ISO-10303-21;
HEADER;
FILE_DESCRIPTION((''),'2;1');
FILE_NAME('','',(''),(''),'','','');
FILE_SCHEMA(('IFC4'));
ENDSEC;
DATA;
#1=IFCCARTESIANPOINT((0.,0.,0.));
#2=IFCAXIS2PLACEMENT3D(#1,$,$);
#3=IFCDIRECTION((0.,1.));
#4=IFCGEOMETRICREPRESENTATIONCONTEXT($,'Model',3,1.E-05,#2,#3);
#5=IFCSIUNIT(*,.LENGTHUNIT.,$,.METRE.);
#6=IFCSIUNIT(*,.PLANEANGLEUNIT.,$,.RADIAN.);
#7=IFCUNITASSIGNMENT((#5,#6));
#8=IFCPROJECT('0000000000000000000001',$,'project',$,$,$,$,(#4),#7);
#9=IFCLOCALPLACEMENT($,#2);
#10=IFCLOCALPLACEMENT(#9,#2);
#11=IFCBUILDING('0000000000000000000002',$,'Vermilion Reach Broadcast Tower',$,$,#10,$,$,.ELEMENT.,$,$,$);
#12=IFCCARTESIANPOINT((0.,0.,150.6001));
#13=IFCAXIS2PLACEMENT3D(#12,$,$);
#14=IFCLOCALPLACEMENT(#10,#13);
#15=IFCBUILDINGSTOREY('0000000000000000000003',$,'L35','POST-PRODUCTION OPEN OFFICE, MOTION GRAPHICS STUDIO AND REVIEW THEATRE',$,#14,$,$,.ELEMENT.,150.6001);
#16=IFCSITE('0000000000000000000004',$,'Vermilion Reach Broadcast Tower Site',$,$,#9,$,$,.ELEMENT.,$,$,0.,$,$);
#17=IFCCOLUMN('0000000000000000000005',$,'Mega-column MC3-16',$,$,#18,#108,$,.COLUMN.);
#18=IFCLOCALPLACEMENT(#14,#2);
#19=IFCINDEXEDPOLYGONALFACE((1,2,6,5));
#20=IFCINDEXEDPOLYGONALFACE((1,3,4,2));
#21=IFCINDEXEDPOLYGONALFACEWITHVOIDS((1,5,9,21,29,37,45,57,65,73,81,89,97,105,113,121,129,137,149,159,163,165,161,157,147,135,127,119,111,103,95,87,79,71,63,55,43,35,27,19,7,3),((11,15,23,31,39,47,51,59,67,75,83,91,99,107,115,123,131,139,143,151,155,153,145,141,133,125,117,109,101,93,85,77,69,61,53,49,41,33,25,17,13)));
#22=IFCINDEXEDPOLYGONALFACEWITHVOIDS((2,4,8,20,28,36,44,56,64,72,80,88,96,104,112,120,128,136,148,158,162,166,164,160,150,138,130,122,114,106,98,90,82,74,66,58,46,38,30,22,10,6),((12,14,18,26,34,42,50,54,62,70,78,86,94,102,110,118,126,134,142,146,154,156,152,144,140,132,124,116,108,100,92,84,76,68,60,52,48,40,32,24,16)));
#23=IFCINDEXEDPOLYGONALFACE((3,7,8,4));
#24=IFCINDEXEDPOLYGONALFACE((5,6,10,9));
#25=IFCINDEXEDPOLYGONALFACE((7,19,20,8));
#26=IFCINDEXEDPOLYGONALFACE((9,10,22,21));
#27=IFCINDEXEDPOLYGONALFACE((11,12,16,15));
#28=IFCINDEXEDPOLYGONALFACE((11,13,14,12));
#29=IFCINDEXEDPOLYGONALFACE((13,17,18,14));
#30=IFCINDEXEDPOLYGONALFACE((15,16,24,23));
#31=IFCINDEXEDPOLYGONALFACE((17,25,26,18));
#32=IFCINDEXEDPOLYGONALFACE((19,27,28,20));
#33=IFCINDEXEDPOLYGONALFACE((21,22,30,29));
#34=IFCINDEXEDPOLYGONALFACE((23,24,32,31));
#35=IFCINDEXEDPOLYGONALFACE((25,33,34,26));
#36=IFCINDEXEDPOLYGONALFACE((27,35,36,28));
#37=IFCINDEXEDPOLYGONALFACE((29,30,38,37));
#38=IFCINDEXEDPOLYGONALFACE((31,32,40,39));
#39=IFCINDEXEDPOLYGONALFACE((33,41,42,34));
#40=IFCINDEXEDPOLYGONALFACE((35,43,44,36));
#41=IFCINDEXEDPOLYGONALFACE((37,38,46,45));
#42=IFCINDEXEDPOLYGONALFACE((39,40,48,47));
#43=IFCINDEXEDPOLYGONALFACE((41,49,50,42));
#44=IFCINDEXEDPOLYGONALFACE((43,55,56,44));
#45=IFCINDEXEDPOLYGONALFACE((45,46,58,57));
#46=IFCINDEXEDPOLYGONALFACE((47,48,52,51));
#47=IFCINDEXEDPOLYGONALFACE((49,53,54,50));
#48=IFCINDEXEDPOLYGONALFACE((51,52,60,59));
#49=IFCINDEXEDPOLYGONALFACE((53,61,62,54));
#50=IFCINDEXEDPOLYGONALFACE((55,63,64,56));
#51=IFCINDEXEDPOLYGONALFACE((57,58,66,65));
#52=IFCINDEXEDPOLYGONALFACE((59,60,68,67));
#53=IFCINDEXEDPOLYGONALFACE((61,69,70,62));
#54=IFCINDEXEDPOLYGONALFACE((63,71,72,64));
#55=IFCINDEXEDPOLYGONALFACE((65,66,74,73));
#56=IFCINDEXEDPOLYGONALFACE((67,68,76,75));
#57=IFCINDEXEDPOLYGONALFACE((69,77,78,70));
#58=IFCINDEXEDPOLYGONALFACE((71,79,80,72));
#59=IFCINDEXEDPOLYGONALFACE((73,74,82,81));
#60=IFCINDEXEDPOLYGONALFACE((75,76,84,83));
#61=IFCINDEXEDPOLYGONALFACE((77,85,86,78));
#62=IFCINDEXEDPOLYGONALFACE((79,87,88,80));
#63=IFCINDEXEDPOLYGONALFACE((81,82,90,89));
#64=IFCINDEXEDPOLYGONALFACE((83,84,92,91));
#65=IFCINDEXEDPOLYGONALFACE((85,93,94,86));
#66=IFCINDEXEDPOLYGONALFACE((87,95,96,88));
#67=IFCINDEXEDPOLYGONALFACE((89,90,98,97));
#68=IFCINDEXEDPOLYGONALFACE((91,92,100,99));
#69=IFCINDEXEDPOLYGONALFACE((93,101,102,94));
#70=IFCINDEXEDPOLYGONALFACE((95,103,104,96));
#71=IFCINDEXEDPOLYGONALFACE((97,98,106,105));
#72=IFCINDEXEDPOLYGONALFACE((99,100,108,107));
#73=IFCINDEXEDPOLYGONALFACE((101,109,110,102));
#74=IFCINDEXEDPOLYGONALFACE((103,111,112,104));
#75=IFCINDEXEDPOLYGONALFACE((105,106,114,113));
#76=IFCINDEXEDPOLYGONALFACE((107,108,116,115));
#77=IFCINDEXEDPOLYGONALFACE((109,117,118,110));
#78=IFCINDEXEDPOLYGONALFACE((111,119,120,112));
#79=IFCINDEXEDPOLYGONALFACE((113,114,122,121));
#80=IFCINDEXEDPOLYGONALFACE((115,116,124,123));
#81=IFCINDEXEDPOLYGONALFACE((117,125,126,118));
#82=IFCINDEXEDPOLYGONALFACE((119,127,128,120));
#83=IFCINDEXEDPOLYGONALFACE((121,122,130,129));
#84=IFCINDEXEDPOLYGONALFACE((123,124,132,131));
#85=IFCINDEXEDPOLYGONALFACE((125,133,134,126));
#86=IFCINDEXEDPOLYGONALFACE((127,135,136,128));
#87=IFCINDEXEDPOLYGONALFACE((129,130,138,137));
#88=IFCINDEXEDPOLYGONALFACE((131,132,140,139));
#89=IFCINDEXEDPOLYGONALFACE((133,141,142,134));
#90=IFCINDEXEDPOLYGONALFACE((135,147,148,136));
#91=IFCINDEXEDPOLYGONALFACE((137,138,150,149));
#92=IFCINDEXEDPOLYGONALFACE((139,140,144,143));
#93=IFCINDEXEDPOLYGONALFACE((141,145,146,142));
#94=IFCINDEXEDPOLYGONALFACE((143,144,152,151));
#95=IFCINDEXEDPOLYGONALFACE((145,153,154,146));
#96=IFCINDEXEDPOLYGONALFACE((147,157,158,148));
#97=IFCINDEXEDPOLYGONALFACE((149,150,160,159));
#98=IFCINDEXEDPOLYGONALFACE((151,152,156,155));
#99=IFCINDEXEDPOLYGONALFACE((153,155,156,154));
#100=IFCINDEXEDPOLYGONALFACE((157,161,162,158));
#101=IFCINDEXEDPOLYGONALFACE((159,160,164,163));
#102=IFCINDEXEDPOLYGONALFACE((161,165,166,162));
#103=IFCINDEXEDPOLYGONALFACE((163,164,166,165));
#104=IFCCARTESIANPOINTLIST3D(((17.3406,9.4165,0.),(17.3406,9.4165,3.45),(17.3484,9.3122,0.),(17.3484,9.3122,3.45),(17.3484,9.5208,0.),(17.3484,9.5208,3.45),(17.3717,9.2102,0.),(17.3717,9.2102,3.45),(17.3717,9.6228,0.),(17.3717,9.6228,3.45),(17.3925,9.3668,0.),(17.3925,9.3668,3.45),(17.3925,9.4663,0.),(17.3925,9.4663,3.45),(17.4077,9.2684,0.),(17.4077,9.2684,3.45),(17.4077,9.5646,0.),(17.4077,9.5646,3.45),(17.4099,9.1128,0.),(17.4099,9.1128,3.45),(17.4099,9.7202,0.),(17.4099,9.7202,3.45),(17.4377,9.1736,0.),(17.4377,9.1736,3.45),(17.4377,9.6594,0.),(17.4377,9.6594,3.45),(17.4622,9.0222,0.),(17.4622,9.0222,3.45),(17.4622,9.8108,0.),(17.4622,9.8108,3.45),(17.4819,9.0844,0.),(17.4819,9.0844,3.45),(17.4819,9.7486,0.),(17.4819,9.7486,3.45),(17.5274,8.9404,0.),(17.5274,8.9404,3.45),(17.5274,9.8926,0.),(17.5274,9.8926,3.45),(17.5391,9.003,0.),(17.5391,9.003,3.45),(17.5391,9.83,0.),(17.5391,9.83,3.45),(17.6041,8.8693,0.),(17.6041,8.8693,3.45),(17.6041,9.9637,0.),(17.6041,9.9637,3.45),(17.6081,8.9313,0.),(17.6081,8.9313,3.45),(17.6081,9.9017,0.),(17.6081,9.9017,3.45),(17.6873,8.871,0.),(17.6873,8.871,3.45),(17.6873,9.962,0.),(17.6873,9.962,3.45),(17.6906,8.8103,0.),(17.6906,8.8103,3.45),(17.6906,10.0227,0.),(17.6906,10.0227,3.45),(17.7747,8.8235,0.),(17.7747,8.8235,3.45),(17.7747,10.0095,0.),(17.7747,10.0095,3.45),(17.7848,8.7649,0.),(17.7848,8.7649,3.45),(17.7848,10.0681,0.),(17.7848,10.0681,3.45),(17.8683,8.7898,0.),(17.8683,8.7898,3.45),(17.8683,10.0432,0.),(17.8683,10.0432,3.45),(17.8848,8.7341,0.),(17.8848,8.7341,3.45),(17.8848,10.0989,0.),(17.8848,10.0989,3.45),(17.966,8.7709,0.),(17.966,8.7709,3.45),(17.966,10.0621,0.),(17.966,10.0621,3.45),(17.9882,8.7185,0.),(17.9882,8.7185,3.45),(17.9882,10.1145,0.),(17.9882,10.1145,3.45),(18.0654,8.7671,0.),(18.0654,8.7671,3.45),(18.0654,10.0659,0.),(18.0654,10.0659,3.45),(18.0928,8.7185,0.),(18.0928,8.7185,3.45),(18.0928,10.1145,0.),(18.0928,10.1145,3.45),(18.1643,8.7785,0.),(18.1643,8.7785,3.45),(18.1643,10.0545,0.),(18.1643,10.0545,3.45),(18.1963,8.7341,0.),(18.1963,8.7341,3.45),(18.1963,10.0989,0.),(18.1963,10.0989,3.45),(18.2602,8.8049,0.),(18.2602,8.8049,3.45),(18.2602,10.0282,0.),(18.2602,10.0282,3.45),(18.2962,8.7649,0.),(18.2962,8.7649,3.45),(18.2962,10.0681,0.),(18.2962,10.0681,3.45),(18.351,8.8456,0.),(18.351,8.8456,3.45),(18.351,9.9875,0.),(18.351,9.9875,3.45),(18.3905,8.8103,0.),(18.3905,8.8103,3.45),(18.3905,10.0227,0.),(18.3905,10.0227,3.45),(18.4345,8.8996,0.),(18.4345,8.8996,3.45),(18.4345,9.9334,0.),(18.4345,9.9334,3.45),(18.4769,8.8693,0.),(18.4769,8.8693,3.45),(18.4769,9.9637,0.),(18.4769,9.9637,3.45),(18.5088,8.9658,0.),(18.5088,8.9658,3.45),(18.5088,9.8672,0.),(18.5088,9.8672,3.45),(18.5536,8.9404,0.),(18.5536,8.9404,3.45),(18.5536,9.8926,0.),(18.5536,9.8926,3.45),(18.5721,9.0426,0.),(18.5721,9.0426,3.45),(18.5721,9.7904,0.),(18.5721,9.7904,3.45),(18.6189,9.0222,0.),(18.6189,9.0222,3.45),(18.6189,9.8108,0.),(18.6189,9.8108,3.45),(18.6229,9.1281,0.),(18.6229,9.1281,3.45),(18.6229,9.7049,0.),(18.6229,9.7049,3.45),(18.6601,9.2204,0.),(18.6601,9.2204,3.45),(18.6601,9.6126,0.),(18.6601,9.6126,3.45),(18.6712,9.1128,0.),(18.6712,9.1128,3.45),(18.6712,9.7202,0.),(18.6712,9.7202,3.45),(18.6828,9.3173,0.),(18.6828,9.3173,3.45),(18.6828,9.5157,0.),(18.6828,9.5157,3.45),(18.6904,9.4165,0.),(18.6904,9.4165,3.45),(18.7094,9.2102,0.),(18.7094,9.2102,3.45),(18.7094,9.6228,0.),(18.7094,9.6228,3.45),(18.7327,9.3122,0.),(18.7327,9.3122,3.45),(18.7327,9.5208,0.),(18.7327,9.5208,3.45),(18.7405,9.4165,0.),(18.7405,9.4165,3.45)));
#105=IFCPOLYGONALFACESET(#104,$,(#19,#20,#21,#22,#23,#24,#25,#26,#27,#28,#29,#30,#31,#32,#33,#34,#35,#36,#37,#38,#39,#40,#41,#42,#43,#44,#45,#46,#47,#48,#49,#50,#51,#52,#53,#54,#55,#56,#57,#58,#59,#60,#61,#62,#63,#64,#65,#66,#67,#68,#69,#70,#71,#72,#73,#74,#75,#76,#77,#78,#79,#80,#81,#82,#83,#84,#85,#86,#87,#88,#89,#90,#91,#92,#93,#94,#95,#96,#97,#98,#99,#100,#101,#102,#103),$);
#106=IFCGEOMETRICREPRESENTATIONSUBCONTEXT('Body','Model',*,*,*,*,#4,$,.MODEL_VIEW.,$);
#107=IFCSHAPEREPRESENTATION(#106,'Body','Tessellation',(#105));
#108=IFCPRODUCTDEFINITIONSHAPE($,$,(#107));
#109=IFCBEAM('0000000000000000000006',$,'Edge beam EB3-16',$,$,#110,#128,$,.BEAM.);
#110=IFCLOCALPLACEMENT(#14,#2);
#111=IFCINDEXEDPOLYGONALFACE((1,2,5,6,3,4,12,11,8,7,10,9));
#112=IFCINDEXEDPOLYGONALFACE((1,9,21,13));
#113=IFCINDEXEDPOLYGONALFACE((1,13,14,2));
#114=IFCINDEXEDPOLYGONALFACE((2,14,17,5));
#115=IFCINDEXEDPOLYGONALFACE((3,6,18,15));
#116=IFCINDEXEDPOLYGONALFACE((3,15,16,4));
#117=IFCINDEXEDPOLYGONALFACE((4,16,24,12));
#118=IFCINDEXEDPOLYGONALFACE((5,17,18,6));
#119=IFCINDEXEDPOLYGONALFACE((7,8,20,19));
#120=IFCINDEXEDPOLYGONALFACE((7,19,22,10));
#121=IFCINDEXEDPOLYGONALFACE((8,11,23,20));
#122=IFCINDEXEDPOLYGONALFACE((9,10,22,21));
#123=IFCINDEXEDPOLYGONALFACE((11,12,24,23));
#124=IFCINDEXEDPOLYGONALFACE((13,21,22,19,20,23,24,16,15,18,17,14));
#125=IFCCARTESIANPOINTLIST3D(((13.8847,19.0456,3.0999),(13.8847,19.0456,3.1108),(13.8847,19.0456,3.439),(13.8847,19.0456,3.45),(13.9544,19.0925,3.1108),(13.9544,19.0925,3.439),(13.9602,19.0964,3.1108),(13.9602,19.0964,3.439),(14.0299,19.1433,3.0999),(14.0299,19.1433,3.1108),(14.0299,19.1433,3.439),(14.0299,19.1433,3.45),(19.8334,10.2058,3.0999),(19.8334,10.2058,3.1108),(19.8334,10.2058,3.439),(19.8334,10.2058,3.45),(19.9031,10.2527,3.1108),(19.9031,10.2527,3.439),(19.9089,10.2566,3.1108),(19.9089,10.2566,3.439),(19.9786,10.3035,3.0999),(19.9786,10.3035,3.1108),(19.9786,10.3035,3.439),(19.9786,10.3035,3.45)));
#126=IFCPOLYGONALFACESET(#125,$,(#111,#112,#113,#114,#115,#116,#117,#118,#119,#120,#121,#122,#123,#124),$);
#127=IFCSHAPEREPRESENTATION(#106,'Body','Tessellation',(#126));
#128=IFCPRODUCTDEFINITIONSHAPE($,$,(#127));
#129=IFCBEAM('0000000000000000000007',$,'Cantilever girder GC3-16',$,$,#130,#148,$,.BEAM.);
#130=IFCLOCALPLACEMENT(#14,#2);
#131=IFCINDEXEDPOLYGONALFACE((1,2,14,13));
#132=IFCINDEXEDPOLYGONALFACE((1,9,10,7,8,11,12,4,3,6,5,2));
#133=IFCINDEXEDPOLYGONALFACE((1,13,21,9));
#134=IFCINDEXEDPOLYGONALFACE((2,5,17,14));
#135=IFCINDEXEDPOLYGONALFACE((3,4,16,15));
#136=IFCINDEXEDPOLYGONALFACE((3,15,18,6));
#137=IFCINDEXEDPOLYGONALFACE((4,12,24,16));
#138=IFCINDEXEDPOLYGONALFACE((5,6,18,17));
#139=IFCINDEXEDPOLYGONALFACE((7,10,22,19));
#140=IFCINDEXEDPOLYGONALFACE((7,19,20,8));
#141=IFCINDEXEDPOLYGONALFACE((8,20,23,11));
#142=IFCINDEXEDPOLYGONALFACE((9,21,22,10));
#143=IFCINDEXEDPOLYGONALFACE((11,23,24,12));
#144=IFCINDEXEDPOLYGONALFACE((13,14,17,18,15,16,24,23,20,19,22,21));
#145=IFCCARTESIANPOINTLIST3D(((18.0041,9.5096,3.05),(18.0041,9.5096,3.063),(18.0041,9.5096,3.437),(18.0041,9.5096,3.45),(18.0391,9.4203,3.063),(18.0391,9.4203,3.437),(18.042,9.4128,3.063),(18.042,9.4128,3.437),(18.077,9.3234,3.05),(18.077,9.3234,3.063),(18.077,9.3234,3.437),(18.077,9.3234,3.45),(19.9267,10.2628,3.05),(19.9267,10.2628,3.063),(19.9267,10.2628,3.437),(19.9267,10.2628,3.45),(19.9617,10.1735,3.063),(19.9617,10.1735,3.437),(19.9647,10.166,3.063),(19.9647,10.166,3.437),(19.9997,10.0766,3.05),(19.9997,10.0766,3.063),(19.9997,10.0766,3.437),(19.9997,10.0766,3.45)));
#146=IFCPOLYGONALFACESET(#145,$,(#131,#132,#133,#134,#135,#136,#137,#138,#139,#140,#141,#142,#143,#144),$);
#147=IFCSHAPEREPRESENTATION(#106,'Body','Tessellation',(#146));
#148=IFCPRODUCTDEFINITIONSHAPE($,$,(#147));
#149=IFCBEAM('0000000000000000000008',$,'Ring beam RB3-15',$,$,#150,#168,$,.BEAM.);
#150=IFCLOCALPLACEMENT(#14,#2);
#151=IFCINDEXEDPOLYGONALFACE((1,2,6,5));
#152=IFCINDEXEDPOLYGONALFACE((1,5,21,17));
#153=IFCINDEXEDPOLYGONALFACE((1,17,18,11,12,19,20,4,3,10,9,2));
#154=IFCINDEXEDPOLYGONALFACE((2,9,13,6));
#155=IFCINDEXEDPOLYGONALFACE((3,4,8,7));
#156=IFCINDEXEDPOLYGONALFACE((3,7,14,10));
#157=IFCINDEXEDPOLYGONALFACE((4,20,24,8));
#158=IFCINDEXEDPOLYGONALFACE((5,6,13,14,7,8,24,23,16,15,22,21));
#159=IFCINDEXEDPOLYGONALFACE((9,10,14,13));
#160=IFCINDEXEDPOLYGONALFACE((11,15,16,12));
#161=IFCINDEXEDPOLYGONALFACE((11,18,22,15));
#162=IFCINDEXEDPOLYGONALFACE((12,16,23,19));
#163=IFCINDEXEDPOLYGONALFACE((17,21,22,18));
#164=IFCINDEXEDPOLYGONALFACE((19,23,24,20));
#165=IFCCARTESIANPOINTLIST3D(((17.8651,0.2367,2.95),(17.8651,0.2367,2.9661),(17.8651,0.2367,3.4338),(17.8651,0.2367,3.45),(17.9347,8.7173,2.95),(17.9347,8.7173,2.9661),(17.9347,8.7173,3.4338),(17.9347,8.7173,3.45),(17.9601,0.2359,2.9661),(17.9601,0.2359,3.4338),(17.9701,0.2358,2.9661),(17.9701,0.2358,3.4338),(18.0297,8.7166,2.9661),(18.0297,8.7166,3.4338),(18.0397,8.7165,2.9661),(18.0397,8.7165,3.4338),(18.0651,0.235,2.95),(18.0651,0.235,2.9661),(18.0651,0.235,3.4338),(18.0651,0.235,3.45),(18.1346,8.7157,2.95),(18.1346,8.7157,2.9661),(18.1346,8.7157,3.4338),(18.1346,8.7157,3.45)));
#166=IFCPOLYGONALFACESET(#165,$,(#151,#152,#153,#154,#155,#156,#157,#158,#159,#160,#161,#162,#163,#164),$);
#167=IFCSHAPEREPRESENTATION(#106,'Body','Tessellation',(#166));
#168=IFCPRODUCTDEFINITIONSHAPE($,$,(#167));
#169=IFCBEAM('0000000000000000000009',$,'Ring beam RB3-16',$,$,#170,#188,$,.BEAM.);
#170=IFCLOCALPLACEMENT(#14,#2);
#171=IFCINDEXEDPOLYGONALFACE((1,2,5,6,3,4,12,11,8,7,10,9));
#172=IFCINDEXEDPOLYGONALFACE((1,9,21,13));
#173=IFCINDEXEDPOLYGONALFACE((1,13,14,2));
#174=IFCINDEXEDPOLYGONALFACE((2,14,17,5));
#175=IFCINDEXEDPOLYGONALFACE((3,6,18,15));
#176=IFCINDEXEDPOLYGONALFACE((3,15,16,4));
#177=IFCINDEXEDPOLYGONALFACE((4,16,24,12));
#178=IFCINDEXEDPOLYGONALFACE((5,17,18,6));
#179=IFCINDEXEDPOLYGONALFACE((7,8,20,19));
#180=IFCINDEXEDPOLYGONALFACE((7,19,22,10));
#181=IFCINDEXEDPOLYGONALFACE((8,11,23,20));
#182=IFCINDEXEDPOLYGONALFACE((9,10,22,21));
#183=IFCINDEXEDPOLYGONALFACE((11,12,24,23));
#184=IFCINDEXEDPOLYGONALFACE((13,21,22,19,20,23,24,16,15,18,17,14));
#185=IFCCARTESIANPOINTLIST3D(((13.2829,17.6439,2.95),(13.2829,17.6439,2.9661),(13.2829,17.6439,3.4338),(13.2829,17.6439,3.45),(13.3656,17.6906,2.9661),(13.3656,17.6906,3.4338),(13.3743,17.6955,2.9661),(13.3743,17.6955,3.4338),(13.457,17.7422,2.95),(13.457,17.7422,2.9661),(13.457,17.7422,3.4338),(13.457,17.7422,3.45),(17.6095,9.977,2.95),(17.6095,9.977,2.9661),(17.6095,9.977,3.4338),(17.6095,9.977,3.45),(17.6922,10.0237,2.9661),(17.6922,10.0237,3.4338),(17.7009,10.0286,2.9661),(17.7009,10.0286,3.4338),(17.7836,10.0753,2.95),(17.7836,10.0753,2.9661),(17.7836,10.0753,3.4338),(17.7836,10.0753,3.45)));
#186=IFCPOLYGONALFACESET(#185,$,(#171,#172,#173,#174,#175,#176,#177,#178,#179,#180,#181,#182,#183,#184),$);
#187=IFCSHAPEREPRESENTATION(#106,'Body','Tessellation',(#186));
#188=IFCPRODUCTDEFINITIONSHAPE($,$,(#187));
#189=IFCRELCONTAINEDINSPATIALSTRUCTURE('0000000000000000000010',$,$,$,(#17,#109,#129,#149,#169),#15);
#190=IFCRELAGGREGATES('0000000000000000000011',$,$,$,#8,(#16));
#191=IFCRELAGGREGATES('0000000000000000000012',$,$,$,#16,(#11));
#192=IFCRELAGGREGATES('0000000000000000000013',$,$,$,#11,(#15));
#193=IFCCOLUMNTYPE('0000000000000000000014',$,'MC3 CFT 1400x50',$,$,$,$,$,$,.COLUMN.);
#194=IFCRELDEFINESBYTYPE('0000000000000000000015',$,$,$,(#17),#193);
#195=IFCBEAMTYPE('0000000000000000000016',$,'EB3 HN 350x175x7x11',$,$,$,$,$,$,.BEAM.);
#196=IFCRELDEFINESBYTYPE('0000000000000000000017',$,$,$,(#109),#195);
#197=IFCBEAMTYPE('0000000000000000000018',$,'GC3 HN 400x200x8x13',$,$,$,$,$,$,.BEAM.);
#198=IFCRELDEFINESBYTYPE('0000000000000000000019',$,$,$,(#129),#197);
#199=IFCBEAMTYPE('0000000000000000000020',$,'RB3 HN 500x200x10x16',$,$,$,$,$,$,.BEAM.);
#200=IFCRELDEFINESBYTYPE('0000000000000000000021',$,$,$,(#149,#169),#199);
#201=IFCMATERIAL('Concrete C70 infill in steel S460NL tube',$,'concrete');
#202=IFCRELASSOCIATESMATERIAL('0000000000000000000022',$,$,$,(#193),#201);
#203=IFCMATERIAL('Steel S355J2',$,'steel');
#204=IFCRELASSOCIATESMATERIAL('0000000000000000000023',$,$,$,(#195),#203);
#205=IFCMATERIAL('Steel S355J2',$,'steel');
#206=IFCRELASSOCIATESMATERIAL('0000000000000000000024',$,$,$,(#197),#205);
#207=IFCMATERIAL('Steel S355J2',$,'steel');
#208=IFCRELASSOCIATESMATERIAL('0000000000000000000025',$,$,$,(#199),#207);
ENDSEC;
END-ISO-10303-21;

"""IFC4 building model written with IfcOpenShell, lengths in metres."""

from ifc_helpers import new_model, si_unit, direction, frame, origin, origin_2d, place, context, subcontext, project, spatial, hollow_circle, i_section, extrude, material, material_profile, profile_set, type_object, element, save


model = new_model("IFC4")

# Units and contexts
model_context = context("Model", 3, precision=1e-05, world=origin(), true_north=direction((0.0, 1.0)))
body_context = subcontext(model_context, "Body", "Model", "MODEL_VIEW")
ifc_project = project(units=[si_unit("LENGTHUNIT", "METRE"), si_unit("PLANEANGLEUNIT", "RADIAN")], contexts=[model_context])

# Site, building, storey
site_placement = place(None, origin())
site = spatial("IfcSite", under=ifc_project, at=site_placement, Name="Vermilion Reach Broadcast Tower Site", CompositionType="ELEMENT", RefElevation=0.0)
building_placement = place(site_placement, origin())
building = spatial("IfcBuilding", under=site, at=building_placement, Name="Vermilion Reach Broadcast Tower", CompositionType="ELEMENT")
storey_placement = place(building_placement, frame((0.0, 0.0, 150.6001)))
storey = spatial("IfcBuildingStorey", under=building, at=storey_placement, Name="L35", Description="POST-PRODUCTION OPEN OFFICE, MOTION GRAPHICS STUDIO AND REVIEW THEATRE", CompositionType="ELEMENT", Elevation=150.6001)

# Column
ifc_material_1 = material(Name="Concrete C70 infill in steel S460NL tube", Category="concrete")
ifc_material_profile_1 = material_profile(ifc_material_1, hollow_circle(Radius=0.7, WallThickness=0.05, at=origin_2d()), Name="Concrete C70 infill in steel S460NL tube CFT 1400x50")
ifc_profile_set_1 = profile_set([ifc_material_profile_1], Name="Concrete C70 infill in steel S460NL tube")
column_type = type_object("IfcColumnType", Name="MC3 CFT 1400x50", PredefinedType="COLUMN", material=ifc_profile_set_1)
column_placement = place(storey_placement, frame((18.0405, 9.4165, 0.0), z_axis=(0.0, 0.0, 1.0), x_axis=(1.0, 0.0, 0.0)))
element("IfcColumn", 1, at=column_placement, inside=storey, type_object=column_type, Name="Mega-column MC3-16", PredefinedType="COLUMN", context=body_context, shape_type="SweptSolid", body=[
    extrude(hollow_circle(Radius=0.7, WallThickness=0.05, at=origin_2d()), origin(), (0.0, 0.0, 1.0), 3.45),
])

# Beams
ifc_material_2 = material(Name="Steel S355J2", Category="steel")
ifc_material_profile_2 = material_profile(ifc_material_2, i_section(OverallWidth=0.175, OverallDepth=0.3501, WebThickness=0.0071, FlangeThickness=0.011, at=origin_2d()), Name="S355J2 HN 350x175x7x11")
ifc_profile_set_2 = profile_set([ifc_material_profile_2], Name="Steel S355J2")
beam_type_1 = type_object("IfcBeamType", Name="EB3 HN 350x175x7x11", PredefinedType="BEAM", material=ifc_profile_set_2)
beam_1_placement = place(storey_placement, frame((19.906, 10.2546, 3.2749), z_axis=(-0.558301, 0.829638, 0.0), x_axis=(-0.829638, -0.558301, 0.0)))
element("IfcBeam", 2, at=beam_1_placement, inside=storey, type_object=beam_type_1, Name="Edge beam EB3-16", PredefinedType="BEAM", context=body_context, shape_type="SweptSolid", body=[
    extrude(i_section(OverallWidth=0.175, OverallDepth=0.3501, WebThickness=0.0071, FlangeThickness=0.011, at=origin_2d()), origin(), (0.0, 0.0, 1.0), 10.655),
])
ifc_material_3 = material(Name="Steel S355J2", Category="steel")
ifc_material_profile_3 = material_profile(ifc_material_3, i_section(OverallWidth=0.2, OverallDepth=0.3999, WebThickness=0.0081, FlangeThickness=0.0129, at=origin_2d()), Name="S355J2 HN 400x200x8x13")
ifc_profile_set_3 = profile_set([ifc_material_profile_3], Name="Steel S355J2")
beam_type_2 = type_object("IfcBeamType", Name="GC3 HN 400x200x8x13", PredefinedType="BEAM", material=ifc_profile_set_3)
beam_2_placement = place(storey_placement, frame((18.0405, 9.4165, 3.25), z_axis=(0.931103, 0.364756, 0.0), x_axis=(-0.364756, 0.931103, 0.0)))
element("IfcBeam", 3, at=beam_2_placement, inside=storey, type_object=beam_type_2, Name="Cantilever girder GC3-16", PredefinedType="BEAM", context=body_context, shape_type="SweptSolid", body=[
    extrude(i_section(OverallWidth=0.2, OverallDepth=0.3999, WebThickness=0.0081, FlangeThickness=0.0129, at=origin_2d()), origin(), (0.0, 0.0, 1.0), 2.0649),
])
ifc_material_4 = material(Name="Steel S355J2", Category="steel")
ifc_material_profile_4 = material_profile(ifc_material_4, i_section(OverallWidth=0.2, OverallDepth=0.5, WebThickness=0.01, FlangeThickness=0.0161, at=origin_2d()), Name="S355J2 HN 500x200x10x16")
ifc_profile_set_4 = profile_set([ifc_material_profile_4], Name="Steel S355J2")
beam_type_3 = type_object("IfcBeamType", Name="RB3 HN 500x200x10x16", PredefinedType="BEAM", material=ifc_profile_set_4)
beam_3_placement = place(storey_placement, frame((17.9651, 0.2358, 3.2), z_axis=(0.008204, 0.999966, 0.0), x_axis=(-0.999966, 0.008204, 0.0)))
element("IfcBeam", 4, at=beam_3_placement, inside=storey, type_object=beam_type_3, Name="Ring beam RB3-15", PredefinedType="BEAM", context=body_context, shape_type="SweptSolid", body=[
    extrude(i_section(OverallWidth=0.2, OverallDepth=0.5, WebThickness=0.01, FlangeThickness=0.0161, at=origin_2d()), origin(), (0.0, 0.0, 1.0), 8.481),
])
beam_4_placement = place(storey_placement, frame((17.6965, 10.0261, 3.2), z_axis=(-0.491467, 0.870896, 0.0), x_axis=(-0.870896, -0.491467, 0.0)))
element("IfcBeam", 5, at=beam_4_placement, inside=storey, type_object=beam_type_3, Name="Ring beam RB3-16", PredefinedType="BEAM", context=body_context, shape_type="SweptSolid", body=[
    extrude(i_section(OverallWidth=0.2, OverallDepth=0.5, WebThickness=0.01, FlangeThickness=0.0161, at=origin_2d()), origin(), (0.0, 0.0, 1.0), 8.8035),
])

save(model, "model.ifc")
